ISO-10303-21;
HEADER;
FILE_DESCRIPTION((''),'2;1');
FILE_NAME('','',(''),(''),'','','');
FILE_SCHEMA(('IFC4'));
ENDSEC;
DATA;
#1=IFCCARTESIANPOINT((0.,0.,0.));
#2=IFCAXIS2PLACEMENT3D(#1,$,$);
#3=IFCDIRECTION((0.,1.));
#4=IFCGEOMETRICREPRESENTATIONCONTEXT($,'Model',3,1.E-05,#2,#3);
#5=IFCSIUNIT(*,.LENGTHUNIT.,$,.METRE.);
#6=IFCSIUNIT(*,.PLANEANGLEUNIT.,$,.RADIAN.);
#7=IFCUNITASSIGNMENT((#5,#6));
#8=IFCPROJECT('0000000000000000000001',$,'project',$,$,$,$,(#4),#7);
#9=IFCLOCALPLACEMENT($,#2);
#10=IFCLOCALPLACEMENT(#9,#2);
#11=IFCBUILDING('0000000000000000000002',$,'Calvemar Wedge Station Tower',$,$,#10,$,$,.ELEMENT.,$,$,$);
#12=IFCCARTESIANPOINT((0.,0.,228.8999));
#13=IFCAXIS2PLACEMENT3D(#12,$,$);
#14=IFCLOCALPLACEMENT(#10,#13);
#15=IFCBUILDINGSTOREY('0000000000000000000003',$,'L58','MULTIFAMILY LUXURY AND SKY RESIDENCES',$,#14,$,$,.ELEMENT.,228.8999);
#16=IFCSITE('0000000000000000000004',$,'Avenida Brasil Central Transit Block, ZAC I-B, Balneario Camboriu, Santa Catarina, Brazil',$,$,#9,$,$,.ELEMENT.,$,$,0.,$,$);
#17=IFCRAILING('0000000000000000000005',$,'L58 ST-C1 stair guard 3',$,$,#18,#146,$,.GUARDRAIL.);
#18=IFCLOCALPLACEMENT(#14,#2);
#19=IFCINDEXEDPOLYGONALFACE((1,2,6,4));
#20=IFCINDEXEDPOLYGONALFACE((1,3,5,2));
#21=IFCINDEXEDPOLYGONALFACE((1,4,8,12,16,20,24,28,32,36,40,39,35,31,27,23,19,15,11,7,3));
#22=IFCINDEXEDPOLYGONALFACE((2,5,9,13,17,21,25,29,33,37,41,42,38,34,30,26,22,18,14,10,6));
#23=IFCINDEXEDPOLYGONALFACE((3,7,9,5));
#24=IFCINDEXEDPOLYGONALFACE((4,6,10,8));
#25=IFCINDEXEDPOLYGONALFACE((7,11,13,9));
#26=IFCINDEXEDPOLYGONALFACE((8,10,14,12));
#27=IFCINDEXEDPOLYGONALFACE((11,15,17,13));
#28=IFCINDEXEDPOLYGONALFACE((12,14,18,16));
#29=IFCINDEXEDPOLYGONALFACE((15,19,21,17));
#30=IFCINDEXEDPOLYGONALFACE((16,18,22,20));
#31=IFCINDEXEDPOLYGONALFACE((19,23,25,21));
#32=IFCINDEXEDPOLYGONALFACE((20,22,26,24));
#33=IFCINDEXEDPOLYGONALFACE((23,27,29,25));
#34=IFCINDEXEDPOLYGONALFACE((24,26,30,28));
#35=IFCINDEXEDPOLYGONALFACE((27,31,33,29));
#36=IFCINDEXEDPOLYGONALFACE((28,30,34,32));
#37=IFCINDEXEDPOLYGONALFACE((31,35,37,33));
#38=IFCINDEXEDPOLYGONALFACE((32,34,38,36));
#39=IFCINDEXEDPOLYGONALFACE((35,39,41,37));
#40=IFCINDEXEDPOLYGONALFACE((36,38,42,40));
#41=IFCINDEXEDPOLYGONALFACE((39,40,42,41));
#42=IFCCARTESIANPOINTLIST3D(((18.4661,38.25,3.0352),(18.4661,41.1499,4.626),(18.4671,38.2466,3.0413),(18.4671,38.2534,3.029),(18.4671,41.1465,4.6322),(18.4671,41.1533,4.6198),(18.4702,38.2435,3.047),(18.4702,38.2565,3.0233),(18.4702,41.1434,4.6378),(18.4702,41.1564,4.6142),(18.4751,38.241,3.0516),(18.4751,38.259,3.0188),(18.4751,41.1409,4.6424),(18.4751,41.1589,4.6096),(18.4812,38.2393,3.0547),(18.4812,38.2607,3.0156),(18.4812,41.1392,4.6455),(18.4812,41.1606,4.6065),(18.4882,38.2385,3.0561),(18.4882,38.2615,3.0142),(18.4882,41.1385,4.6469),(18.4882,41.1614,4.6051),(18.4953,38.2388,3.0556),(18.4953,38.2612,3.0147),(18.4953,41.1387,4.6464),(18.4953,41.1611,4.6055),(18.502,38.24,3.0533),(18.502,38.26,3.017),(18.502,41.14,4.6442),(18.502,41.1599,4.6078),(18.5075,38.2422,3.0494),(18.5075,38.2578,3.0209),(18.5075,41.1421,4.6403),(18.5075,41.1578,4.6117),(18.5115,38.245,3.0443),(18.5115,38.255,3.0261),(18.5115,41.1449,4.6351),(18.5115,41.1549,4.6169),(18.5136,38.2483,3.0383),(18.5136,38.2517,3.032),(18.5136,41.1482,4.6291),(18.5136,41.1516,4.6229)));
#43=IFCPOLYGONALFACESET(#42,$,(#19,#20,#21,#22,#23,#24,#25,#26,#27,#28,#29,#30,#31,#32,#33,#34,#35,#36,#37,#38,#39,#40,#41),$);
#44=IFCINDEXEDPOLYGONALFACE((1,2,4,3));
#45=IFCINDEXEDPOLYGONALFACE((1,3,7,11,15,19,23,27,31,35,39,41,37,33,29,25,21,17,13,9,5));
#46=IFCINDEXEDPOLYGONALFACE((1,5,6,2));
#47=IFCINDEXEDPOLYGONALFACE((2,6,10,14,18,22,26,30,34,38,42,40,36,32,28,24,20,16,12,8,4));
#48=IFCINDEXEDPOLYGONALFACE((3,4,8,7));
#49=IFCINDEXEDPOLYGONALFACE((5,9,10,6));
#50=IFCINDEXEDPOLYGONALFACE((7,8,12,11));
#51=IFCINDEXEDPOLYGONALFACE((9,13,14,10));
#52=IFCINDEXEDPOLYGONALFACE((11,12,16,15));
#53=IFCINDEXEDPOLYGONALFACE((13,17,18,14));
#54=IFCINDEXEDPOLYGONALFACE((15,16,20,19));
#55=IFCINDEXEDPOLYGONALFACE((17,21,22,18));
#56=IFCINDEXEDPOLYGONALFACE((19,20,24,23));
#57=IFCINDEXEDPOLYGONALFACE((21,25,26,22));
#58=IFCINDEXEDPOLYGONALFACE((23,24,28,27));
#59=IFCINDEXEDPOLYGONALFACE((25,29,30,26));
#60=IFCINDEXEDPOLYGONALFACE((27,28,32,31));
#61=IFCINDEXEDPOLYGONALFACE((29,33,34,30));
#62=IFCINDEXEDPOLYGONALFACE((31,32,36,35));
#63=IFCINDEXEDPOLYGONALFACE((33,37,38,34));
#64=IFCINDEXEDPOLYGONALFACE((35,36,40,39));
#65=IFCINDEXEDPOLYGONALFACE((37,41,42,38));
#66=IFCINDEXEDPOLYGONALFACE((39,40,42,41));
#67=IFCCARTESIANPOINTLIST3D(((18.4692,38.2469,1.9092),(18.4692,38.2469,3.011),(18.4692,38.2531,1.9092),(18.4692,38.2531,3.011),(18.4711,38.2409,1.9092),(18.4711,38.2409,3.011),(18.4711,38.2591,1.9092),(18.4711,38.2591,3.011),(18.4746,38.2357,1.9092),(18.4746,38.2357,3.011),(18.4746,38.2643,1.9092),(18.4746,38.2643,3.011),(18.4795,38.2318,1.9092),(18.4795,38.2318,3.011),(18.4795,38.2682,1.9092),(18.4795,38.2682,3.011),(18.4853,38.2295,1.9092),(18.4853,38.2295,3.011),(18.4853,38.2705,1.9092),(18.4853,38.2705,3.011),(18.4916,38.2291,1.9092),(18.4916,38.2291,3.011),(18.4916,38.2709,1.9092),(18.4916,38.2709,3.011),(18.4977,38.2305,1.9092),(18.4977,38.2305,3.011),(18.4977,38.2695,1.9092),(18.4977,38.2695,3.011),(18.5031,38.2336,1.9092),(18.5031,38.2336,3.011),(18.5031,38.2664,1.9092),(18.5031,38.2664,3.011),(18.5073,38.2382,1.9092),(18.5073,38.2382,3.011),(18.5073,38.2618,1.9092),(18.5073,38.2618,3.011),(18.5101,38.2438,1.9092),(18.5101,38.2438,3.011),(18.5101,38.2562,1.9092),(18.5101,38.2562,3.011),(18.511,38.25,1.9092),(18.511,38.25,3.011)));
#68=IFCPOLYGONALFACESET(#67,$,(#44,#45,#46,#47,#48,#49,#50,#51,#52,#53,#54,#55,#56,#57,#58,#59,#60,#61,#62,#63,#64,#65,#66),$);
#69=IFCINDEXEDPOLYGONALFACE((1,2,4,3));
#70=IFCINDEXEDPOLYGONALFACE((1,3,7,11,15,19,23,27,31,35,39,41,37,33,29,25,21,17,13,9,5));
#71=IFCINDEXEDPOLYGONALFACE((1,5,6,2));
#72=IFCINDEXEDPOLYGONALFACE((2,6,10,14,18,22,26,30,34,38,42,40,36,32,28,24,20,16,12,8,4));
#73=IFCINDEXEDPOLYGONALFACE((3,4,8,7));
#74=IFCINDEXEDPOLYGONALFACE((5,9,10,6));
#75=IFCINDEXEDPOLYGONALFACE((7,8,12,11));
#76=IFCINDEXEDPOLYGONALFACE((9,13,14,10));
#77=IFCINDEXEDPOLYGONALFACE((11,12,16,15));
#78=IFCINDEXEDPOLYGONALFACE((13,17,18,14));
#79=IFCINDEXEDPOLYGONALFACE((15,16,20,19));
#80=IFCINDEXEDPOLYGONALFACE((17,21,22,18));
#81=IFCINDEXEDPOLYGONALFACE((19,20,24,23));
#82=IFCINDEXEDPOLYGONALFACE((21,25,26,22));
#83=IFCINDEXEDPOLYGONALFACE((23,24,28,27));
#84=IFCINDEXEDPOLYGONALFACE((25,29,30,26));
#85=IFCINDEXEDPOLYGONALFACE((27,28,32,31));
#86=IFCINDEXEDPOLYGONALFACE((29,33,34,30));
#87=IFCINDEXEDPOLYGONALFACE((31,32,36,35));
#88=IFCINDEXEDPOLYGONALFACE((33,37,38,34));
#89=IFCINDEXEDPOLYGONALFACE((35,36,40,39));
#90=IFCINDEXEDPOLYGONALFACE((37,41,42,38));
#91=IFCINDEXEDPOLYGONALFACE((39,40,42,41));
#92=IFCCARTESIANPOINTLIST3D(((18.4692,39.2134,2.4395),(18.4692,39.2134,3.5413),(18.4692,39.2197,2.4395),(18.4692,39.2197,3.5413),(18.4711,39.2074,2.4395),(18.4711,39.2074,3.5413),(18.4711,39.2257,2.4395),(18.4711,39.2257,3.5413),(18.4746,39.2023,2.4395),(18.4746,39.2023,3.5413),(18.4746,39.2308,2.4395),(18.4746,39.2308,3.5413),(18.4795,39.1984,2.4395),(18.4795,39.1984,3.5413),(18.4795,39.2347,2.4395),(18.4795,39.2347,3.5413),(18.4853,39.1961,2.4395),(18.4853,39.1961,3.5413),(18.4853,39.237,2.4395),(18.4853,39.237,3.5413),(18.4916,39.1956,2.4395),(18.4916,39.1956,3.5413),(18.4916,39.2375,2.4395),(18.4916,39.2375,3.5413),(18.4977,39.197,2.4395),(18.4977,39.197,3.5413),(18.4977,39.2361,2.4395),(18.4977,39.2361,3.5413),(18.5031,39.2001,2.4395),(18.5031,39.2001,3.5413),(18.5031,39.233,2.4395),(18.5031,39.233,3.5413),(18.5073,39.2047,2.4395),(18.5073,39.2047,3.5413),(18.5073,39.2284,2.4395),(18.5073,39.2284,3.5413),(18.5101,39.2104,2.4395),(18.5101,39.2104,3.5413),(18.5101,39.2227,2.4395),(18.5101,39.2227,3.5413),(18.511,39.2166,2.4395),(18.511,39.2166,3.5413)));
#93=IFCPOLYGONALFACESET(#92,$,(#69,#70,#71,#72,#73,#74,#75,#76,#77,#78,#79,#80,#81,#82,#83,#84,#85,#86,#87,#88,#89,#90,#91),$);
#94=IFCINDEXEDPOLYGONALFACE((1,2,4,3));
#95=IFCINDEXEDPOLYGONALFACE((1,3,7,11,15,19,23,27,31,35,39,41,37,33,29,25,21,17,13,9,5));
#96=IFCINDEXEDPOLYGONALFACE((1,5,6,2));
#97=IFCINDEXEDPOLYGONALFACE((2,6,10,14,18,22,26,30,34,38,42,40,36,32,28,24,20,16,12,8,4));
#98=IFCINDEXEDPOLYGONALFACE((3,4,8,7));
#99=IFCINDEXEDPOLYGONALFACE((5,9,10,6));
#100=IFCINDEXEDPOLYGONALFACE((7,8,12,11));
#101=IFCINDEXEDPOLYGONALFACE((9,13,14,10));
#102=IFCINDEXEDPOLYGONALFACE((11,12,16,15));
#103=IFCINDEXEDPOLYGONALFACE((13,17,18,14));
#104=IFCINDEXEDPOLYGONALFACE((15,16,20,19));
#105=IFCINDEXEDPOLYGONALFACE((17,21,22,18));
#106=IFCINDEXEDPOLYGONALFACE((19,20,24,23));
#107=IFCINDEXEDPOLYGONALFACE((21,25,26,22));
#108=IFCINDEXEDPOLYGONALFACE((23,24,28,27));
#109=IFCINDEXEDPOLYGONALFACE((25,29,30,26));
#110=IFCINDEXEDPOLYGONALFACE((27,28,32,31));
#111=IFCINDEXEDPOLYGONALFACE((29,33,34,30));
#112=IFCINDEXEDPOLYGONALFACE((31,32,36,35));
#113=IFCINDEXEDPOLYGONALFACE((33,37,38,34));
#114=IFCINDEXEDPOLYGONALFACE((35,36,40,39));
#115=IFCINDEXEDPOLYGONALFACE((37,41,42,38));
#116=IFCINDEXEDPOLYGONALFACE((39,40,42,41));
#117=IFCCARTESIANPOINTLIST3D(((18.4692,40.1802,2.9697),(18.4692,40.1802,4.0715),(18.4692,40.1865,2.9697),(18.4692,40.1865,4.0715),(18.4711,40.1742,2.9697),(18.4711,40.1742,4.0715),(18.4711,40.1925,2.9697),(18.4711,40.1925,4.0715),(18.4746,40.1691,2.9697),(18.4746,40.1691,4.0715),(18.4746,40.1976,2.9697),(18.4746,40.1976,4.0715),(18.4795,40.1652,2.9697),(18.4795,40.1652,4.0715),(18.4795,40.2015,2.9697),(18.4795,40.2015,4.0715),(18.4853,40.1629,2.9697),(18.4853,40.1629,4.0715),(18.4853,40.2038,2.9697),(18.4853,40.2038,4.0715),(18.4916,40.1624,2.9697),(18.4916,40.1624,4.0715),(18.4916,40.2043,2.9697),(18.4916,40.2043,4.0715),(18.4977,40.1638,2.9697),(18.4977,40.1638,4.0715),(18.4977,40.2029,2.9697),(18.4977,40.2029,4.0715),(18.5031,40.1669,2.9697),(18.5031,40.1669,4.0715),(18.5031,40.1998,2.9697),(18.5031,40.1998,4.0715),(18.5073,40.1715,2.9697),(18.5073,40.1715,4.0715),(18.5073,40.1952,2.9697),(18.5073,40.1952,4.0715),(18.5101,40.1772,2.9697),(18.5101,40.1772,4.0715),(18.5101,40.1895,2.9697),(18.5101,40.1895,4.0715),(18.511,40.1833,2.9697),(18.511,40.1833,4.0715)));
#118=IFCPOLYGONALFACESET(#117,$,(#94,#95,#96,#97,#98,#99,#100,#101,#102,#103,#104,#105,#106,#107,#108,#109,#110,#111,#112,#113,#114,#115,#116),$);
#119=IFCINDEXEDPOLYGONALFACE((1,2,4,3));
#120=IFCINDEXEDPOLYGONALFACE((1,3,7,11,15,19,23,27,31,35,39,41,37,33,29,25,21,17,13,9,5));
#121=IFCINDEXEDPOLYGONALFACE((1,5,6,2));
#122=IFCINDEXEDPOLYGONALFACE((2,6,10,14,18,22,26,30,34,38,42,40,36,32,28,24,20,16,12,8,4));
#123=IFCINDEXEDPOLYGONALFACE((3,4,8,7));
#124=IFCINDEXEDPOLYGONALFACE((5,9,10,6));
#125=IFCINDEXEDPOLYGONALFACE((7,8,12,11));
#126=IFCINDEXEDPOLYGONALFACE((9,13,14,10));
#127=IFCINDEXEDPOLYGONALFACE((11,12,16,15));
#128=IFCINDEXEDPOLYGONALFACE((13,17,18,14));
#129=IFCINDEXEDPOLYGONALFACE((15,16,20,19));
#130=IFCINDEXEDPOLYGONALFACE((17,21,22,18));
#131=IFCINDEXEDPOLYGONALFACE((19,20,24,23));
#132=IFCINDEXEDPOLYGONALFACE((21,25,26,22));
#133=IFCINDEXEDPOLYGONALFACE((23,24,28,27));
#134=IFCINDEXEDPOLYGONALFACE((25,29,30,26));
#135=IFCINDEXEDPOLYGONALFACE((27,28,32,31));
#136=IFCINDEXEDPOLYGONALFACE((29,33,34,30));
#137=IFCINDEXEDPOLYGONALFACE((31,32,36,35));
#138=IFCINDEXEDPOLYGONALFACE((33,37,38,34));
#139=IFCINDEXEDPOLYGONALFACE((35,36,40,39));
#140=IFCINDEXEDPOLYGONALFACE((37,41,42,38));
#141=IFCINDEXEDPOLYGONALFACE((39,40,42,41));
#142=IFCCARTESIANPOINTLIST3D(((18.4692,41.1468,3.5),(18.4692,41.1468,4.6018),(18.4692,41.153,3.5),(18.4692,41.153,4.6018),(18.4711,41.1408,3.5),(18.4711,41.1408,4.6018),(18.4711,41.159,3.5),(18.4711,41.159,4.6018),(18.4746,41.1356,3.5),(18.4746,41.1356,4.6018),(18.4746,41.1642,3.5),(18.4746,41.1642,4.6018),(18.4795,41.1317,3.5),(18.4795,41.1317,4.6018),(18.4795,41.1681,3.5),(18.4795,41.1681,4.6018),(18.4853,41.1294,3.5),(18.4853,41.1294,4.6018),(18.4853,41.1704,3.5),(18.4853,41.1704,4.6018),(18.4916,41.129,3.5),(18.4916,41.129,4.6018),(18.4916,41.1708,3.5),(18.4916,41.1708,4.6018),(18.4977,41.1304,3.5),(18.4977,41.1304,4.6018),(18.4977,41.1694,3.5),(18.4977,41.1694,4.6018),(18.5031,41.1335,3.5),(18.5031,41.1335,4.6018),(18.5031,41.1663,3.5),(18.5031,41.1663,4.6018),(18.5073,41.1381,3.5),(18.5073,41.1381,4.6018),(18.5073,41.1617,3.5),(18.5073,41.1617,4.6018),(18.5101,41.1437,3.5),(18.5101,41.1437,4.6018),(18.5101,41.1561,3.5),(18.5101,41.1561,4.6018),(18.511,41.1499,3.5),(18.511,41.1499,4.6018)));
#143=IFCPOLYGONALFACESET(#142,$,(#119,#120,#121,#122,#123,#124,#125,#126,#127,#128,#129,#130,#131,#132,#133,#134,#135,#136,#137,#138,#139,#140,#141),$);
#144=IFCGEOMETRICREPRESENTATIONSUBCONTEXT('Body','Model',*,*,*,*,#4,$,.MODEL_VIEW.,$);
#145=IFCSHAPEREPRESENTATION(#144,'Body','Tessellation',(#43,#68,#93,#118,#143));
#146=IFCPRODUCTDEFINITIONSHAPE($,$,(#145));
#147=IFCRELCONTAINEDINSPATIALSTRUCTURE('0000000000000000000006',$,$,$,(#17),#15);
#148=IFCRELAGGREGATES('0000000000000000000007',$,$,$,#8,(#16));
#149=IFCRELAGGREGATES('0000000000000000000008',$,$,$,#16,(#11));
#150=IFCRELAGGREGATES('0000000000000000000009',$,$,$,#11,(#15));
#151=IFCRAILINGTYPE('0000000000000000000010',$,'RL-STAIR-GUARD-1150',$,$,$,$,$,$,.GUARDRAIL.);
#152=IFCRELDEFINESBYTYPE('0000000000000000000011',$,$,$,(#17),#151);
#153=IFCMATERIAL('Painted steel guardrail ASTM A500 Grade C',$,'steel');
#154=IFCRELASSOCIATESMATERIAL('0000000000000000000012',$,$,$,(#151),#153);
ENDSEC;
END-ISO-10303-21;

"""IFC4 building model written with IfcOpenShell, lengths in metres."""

from ifc_helpers import new_model, si_unit, direction, frame, origin, origin_2d, place, context, subcontext, project, spatial, circle, extrude, material, type_object, element, save


model = new_model("IFC4")

# Units and contexts
model_context = context("Model", 3, precision=1e-05, world=origin(), true_north=direction((0.0, 1.0)))
body_context = subcontext(model_context, "Body", "Model", "MODEL_VIEW")
ifc_project = project(units=[si_unit("LENGTHUNIT", "METRE"), si_unit("PLANEANGLEUNIT", "RADIAN")], contexts=[model_context])

# Site, building, storey
site_placement = place(None, origin())
site = spatial("IfcSite", under=ifc_project, at=site_placement, Name="Avenida Brasil Central Transit Block, ZAC I-B, Balneario Camboriu, Santa Catarina, Brazil", CompositionType="ELEMENT", RefElevation=0.0)
building_placement = place(site_placement, origin())
building = spatial("IfcBuilding", under=site, at=building_placement, Name="Calvemar Wedge Station Tower", CompositionType="ELEMENT")
storey_placement = place(building_placement, frame((0.0, 0.0, 228.8999)))
storey = spatial("IfcBuildingStorey", under=building, at=storey_placement, Name="L58", Description="MULTIFAMILY LUXURY AND SKY RESIDENCES", CompositionType="ELEMENT", Elevation=228.8999)

# Railing
ifc_material_1 = material(Name="Painted steel guardrail ASTM A500 Grade C", Category="steel")
railing_type_1 = type_object("IfcRailingType", Name="RL-STAIR-GUARD-1150", PredefinedType="GUARDRAIL", material=ifc_material_1)
railing_1_placement = place(storey_placement, frame((18.49, 38.25, 1.9092)))
element("IfcRailing", 1, at=railing_1_placement, inside=storey, type_object=railing_type_1, Name="L58 ST-C1 stair guard 3", PredefinedType="GUARDRAIL", context=body_context, shape_type="SweptSolid", body=[
    extrude(circle(Radius=0.0239, at=origin_2d()), frame((0.0, 0.0, 1.126), z_axis=(0.0, 0.876742, 0.480961), x_axis=(-1.0, 0.0, 0.0)), (0.0, 0.0, 1.0), 3.3076),
    extrude(circle(Radius=0.021, at=origin_2d()), origin(), (0.0, 0.0, 1.0), 1.1018),
    extrude(circle(Radius=0.021, at=origin_2d()), frame((0.0, 0.9666, 0.5303)), (0.0, 0.0, 1.0), 1.1018),
    extrude(circle(Radius=0.021, at=origin_2d()), frame((0.0, 1.9333, 1.0605)), (0.0, 0.0, 1.0), 1.1018),
    extrude(circle(Radius=0.021, at=origin_2d()), frame((0.0, 2.8999, 1.5908)), (0.0, 0.0, 1.0), 1.1018),
])

save(model, "model.ifc")
